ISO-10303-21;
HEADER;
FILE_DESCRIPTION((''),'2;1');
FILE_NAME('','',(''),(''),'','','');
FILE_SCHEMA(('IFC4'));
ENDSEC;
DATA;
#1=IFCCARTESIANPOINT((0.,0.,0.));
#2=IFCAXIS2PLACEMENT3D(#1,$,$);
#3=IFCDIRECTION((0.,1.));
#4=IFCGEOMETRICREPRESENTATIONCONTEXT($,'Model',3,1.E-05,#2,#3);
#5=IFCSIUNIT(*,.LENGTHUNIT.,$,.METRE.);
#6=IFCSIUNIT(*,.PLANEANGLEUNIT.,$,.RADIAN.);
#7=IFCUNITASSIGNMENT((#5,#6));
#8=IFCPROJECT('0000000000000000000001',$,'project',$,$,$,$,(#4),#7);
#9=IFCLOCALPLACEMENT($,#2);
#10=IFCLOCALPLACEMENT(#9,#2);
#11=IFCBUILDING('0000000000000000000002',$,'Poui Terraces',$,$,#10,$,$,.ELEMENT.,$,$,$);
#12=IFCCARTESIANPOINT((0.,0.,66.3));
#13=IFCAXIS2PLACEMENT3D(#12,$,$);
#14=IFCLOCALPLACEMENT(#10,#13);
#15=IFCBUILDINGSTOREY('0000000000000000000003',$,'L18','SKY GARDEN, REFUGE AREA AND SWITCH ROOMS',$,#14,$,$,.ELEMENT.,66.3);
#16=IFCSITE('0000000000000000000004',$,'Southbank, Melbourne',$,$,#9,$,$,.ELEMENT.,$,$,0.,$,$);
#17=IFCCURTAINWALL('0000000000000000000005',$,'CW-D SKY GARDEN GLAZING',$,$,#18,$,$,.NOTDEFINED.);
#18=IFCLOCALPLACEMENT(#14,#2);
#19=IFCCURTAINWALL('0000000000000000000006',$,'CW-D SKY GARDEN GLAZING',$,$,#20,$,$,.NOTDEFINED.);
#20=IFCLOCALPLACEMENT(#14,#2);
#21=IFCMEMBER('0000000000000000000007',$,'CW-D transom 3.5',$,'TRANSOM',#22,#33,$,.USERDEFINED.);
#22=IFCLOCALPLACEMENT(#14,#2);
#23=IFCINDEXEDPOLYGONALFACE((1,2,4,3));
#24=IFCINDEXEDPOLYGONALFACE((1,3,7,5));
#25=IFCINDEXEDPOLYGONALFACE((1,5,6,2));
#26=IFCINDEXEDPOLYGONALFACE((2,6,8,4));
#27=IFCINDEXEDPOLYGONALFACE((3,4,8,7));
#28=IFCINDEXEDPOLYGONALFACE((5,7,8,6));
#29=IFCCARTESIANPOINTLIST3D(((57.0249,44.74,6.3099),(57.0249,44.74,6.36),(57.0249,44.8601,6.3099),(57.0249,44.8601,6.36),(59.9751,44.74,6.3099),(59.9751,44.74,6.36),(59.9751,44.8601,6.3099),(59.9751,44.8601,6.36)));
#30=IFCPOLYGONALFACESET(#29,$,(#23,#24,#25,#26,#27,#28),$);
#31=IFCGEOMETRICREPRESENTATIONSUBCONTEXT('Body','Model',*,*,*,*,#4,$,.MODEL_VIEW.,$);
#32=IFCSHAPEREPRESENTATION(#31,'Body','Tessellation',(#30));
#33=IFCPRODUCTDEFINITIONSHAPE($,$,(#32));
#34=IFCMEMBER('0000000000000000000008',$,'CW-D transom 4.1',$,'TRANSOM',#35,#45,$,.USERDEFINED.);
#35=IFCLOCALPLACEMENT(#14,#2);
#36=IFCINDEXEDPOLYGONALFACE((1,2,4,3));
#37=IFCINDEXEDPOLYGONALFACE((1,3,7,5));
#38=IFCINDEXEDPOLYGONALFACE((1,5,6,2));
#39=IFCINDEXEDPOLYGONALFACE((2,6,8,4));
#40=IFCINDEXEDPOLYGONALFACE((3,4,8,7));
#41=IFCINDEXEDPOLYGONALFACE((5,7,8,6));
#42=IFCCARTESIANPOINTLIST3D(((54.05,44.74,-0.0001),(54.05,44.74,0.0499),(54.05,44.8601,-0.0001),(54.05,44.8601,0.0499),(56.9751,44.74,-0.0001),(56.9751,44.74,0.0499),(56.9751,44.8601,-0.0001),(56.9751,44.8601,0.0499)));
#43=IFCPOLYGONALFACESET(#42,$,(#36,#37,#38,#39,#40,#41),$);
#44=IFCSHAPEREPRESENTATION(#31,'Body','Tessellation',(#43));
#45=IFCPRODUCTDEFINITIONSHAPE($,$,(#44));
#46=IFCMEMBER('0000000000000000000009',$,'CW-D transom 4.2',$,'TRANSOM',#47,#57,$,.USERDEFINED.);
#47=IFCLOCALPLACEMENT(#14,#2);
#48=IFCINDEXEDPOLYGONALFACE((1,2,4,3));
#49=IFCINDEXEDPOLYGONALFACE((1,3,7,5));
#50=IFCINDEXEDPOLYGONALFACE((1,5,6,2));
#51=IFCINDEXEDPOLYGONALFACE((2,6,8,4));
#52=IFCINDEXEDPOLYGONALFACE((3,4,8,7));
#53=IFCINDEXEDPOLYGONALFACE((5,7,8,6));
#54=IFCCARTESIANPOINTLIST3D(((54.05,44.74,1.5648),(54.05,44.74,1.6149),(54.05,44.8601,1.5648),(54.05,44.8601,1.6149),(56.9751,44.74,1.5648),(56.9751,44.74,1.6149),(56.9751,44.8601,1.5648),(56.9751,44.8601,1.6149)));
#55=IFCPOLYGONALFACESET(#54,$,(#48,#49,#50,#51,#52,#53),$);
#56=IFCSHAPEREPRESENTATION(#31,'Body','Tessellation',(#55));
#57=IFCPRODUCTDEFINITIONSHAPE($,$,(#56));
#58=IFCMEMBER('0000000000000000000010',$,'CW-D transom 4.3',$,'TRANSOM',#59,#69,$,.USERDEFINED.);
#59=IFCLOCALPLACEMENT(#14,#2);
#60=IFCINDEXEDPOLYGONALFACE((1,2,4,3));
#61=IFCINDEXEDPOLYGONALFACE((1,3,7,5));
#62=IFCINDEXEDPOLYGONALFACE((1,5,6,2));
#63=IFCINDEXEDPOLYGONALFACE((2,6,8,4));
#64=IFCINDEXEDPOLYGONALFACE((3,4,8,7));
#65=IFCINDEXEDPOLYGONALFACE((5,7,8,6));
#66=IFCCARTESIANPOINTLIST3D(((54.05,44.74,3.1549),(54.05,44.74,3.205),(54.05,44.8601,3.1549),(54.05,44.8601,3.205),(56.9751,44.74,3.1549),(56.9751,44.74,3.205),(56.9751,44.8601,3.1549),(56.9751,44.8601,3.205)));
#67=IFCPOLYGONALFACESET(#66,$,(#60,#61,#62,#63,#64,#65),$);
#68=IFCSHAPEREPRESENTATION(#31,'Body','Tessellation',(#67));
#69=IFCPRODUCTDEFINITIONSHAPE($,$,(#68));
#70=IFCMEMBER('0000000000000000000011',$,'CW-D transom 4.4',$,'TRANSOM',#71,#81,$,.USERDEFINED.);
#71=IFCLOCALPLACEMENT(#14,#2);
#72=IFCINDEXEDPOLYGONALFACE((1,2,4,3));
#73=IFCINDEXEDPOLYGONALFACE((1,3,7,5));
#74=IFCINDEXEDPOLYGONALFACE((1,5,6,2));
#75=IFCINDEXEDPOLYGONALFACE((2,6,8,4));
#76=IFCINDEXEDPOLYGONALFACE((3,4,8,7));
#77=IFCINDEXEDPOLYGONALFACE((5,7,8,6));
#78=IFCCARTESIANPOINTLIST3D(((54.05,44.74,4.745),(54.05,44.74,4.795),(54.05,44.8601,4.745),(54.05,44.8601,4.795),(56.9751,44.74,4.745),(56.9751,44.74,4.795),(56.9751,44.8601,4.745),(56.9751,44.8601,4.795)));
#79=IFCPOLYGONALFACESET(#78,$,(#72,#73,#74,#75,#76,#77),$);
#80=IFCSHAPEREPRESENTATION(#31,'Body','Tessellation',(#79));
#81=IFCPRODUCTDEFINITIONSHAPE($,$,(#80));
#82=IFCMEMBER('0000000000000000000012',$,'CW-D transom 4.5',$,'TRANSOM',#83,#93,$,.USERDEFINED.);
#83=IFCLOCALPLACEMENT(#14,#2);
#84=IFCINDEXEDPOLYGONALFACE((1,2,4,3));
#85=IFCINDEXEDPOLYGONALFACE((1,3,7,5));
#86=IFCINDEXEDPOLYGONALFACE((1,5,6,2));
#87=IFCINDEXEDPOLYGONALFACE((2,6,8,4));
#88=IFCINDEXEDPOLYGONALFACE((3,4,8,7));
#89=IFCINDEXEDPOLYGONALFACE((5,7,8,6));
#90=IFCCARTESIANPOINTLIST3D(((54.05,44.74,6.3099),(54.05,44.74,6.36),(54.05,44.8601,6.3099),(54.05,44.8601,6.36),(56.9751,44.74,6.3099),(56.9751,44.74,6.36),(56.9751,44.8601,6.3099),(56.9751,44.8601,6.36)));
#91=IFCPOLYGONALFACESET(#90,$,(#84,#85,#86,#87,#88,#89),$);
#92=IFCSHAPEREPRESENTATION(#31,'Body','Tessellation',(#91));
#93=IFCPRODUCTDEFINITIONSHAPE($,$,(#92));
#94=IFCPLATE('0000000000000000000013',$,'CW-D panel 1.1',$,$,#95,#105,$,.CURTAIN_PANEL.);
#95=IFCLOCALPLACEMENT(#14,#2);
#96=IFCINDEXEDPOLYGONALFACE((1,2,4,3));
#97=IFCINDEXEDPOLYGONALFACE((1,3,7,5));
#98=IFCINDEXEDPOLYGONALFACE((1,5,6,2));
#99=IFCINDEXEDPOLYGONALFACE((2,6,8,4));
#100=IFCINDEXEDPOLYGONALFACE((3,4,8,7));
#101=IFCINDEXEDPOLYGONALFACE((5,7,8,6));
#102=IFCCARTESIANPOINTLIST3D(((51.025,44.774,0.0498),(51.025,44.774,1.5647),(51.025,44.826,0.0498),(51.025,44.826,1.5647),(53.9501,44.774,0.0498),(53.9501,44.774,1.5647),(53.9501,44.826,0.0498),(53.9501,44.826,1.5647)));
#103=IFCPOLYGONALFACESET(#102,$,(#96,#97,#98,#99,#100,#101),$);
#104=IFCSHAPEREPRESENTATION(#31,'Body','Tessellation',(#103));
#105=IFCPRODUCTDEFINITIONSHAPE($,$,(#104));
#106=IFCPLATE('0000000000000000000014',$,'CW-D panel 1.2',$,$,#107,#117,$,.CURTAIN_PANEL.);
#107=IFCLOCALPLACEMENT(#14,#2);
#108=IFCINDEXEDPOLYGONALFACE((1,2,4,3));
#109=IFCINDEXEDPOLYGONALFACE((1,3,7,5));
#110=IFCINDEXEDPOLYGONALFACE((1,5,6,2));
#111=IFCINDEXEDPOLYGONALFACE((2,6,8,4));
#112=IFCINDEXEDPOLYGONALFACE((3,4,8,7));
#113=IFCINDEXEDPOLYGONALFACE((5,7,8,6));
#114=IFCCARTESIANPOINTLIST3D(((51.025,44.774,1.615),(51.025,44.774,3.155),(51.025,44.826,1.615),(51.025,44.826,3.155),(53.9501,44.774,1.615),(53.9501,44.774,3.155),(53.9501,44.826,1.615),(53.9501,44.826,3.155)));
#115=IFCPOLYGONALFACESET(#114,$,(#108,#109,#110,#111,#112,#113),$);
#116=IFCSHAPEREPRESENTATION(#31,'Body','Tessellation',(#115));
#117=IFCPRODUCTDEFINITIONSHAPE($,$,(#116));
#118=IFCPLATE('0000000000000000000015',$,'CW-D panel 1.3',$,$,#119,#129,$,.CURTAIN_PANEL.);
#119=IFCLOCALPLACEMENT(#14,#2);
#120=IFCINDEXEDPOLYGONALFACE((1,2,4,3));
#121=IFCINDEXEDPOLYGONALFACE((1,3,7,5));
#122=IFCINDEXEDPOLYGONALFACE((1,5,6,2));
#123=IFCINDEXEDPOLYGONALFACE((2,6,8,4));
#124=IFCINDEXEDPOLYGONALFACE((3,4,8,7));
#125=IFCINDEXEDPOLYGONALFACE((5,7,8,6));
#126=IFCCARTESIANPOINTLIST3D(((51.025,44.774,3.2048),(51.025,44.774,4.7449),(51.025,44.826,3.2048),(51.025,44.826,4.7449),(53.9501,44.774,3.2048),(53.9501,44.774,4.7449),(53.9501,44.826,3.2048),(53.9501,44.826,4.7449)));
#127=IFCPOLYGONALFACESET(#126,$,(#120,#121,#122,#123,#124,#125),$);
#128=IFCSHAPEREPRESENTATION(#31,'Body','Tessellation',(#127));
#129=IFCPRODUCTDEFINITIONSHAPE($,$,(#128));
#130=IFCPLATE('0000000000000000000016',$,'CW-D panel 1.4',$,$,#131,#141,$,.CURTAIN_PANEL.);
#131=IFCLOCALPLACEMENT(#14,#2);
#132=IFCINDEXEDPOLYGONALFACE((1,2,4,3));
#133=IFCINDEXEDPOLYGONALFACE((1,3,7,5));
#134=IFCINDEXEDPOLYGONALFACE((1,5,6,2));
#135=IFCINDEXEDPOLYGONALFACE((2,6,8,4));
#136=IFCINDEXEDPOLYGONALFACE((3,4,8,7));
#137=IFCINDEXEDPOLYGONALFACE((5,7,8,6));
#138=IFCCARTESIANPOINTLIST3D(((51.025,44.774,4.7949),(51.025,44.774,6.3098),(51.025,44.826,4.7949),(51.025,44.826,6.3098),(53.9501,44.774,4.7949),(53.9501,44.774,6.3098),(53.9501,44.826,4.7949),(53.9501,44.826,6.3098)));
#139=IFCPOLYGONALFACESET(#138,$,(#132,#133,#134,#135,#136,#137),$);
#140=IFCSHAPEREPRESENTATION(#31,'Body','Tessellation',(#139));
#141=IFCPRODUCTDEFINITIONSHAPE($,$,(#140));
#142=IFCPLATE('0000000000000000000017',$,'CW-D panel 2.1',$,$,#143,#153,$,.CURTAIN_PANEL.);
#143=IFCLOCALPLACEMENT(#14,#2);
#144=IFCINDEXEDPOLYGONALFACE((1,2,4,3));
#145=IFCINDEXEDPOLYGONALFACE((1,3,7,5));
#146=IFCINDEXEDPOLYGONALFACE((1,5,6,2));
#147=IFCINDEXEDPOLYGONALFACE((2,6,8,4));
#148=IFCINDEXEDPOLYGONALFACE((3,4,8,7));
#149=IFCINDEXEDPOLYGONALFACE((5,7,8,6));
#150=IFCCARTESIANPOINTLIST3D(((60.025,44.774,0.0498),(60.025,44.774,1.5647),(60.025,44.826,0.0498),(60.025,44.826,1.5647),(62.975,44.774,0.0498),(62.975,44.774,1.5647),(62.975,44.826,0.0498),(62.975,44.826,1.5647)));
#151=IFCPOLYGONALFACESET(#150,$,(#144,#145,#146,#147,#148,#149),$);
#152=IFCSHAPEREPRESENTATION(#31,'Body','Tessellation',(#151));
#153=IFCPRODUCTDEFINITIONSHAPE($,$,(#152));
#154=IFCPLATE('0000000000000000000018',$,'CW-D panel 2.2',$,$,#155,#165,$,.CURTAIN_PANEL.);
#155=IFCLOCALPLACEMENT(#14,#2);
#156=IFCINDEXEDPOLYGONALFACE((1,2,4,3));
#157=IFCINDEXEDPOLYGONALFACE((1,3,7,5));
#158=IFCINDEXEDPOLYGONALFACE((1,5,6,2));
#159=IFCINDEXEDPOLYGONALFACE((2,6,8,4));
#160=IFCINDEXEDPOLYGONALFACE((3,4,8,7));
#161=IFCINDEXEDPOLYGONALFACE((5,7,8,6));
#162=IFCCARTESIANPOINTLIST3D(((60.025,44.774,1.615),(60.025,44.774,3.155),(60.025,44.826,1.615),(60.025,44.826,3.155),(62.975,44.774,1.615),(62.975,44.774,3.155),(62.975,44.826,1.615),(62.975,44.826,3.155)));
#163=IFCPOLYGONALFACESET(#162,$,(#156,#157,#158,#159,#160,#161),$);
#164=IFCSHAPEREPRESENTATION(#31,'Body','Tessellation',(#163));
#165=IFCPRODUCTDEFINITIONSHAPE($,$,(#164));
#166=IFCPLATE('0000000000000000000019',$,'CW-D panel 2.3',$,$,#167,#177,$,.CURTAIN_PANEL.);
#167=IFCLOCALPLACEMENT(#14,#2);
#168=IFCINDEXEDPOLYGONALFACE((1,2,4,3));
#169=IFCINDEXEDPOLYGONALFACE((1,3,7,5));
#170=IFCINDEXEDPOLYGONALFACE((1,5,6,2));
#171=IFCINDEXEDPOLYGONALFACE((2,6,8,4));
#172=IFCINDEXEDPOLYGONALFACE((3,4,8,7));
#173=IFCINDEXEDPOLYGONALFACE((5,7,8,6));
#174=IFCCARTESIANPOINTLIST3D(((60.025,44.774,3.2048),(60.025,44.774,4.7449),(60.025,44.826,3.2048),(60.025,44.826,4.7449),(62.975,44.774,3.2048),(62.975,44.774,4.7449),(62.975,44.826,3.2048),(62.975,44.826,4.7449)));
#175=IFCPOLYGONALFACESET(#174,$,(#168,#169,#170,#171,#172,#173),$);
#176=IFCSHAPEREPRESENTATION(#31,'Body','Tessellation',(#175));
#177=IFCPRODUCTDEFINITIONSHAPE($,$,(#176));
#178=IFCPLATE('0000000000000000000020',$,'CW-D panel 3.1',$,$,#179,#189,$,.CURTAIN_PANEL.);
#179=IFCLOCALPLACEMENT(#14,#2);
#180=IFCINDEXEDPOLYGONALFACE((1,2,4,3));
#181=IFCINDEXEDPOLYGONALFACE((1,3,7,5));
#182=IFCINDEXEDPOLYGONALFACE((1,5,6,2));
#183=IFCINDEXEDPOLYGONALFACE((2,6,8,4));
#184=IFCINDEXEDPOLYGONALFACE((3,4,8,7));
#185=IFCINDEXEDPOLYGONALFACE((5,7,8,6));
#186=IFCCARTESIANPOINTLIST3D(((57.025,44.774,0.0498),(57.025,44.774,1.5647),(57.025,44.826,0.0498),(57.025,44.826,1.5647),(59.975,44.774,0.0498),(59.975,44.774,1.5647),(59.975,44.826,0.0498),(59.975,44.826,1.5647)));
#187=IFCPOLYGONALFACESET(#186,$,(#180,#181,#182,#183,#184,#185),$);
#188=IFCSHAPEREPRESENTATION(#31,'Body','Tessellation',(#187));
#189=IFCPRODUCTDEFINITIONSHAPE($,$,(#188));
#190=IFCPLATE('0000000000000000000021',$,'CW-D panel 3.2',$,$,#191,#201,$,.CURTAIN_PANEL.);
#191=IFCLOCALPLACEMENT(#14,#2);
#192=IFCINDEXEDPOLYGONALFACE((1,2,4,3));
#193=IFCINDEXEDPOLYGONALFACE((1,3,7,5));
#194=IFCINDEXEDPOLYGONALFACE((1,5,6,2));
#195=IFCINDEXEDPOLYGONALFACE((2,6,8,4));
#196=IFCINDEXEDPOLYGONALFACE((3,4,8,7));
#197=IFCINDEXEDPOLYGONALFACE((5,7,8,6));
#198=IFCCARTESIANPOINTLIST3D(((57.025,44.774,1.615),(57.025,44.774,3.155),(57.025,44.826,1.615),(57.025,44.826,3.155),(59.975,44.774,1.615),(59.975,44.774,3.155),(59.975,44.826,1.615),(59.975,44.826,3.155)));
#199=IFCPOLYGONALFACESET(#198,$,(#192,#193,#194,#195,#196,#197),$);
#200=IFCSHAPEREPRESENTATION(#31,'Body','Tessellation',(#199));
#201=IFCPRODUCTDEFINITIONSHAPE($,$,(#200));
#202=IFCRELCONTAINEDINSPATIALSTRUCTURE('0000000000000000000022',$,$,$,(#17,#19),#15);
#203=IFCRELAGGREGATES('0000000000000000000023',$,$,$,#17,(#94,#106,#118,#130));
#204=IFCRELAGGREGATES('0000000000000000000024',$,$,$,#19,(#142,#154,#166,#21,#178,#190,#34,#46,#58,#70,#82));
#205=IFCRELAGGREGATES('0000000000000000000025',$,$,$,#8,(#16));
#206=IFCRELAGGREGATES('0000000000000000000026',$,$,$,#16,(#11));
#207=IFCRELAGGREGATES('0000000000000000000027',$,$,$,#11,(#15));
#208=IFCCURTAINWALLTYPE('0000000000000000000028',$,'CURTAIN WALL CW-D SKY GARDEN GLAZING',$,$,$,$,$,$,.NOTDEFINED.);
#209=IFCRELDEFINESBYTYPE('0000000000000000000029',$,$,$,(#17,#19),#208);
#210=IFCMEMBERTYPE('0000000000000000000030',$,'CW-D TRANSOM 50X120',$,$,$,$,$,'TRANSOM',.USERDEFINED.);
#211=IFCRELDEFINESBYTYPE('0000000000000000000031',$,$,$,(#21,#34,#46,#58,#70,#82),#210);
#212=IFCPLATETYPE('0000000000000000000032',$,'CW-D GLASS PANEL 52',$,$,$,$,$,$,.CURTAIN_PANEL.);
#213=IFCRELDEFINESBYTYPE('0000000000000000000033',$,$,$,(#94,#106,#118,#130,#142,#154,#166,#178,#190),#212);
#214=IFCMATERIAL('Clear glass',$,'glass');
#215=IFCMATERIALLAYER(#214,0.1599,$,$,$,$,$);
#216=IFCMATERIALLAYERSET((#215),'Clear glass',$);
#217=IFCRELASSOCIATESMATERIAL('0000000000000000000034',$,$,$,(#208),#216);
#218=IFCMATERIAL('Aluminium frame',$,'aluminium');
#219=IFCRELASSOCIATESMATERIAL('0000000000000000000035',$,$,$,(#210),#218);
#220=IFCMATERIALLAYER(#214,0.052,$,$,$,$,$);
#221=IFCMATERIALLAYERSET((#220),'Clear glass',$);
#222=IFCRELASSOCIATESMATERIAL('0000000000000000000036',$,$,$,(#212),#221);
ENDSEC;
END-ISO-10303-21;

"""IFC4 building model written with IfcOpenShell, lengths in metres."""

from ifc_helpers import new_model, si_unit, direction, frame, origin, origin_2d, place, context, subcontext, project, spatial, rectangle, extrude, material, layer, layer_set, material_profile, profile_set, type_object, element, aggregate, save


model = new_model("IFC4")

# Units and contexts
model_context = context("Model", 3, precision=1e-05, world=origin(), true_north=direction((0.0, 1.0)))
body_context = subcontext(model_context, "Body", "Model", "MODEL_VIEW")
ifc_project = project(units=[si_unit("LENGTHUNIT", "METRE"), si_unit("PLANEANGLEUNIT", "RADIAN")], contexts=[model_context])

# Site, building, storey
site_placement = place(None, origin())
site = spatial("IfcSite", under=ifc_project, at=site_placement, Name="Southbank, Melbourne", CompositionType="ELEMENT", RefElevation=0.0)
building_placement = place(site_placement, origin())
building = spatial("IfcBuilding", under=site, at=building_placement, Name="Poui Terraces", CompositionType="ELEMENT")
storey_placement = place(building_placement, frame((0.0, 0.0, 66.3)))
storey = spatial("IfcBuildingStorey", under=building, at=storey_placement, Name="L18", Description="SKY GARDEN, REFUGE AREA AND SWITCH ROOMS", CompositionType="ELEMENT", Elevation=66.3)

# Curtain walls
ifc_material_1 = material(Name="Clear glass", Category="glass")
ifc_layer_1 = layer(ifc_material_1, 0.1599)
ifc_layer_set_1 = layer_set([ifc_layer_1], Name="Clear glass")
curtain_wall_type = type_object("IfcCurtainWallType", Name="CURTAIN WALL CW-D SKY GARDEN GLAZING", PredefinedType="NOTDEFINED", material=ifc_layer_set_1)
curtain_wall_1_placement = place(storey_placement, origin())
curtain_wall_1 = element("IfcCurtainWall", 1, at=curtain_wall_1_placement, inside=storey, type_object=curtain_wall_type, Name="CW-D SKY GARDEN GLAZING", PredefinedType="NOTDEFINED")
ifc_material_2 = material(Name="Aluminium frame", Category="aluminium")
curtain_wall_2_placement = place(storey_placement, origin())
curtain_wall_2 = element("IfcCurtainWall", 2, at=curtain_wall_2_placement, inside=storey, type_object=curtain_wall_type, Name="CW-D SKY GARDEN GLAZING", PredefinedType="NOTDEFINED")

# Members
ifc_material_profile_1 = material_profile(ifc_material_2, rectangle(XDim=0.1201, YDim=0.05, at=origin_2d()), Name="CW-D TRANSOM 50X120")
ifc_profile_set_1 = profile_set([ifc_material_profile_1], Name="Aluminium frame")
member_type_1 = type_object("IfcMemberType", Name="CW-D TRANSOM 50X120", ElementType="TRANSOM", PredefinedType="USERDEFINED", material=ifc_profile_set_1)
member_1_placement = place(storey_placement, frame((59.9751, 44.8, 6.335), z_axis=(-1.0, 0.0, 0.0), x_axis=(0.0, -1.0, 0.0)))
member_1 = element("IfcMember", 3, at=member_1_placement, type_object=member_type_1, Name="CW-D transom 3.5", ObjectType="TRANSOM", PredefinedType="USERDEFINED", context=body_context, shape_type="SweptSolid", body=[
    extrude(rectangle(XDim=0.1201, YDim=0.05, at=origin_2d()), origin(), (0.0, 0.0, 1.0), 2.9502),
])
member_2_placement = place(storey_placement, frame((56.9751, 44.8, 0.0249), z_axis=(-1.0, 0.0, 0.0), x_axis=(0.0, -1.0, 0.0)))
member_2 = element("IfcMember", 4, at=member_2_placement, type_object=member_type_1, Name="CW-D transom 4.1", ObjectType="TRANSOM", PredefinedType="USERDEFINED", context=body_context, shape_type="SweptSolid", body=[
    extrude(rectangle(XDim=0.1201, YDim=0.05, at=origin_2d()), origin(), (0.0, 0.0, 1.0), 2.925),
])
member_3_placement = place(storey_placement, frame((56.9751, 44.8, 1.5898), z_axis=(-1.0, 0.0, 0.0), x_axis=(0.0, -1.0, 0.0)))
member_3 = element("IfcMember", 5, at=member_3_placement, type_object=member_type_1, Name="CW-D transom 4.2", ObjectType="TRANSOM", PredefinedType="USERDEFINED", context=body_context, shape_type="SweptSolid", body=[
    extrude(rectangle(XDim=0.1201, YDim=0.05, at=origin_2d()), origin(), (0.0, 0.0, 1.0), 2.925),
])
member_4_placement = place(storey_placement, frame((56.9751, 44.8, 3.1799), z_axis=(-1.0, 0.0, 0.0), x_axis=(0.0, -1.0, 0.0)))
member_4 = element("IfcMember", 6, at=member_4_placement, type_object=member_type_1, Name="CW-D transom 4.3", ObjectType="TRANSOM", PredefinedType="USERDEFINED", context=body_context, shape_type="SweptSolid", body=[
    extrude(rectangle(XDim=0.1201, YDim=0.05, at=origin_2d()), origin(), (0.0, 0.0, 1.0), 2.925),
])
member_5_placement = place(storey_placement, frame((56.9751, 44.8, 4.77), z_axis=(-1.0, 0.0, 0.0), x_axis=(0.0, -1.0, 0.0)))
member_5 = element("IfcMember", 7, at=member_5_placement, type_object=member_type_1, Name="CW-D transom 4.4", ObjectType="TRANSOM", PredefinedType="USERDEFINED", context=body_context, shape_type="SweptSolid", body=[
    extrude(rectangle(XDim=0.1201, YDim=0.05, at=origin_2d()), origin(), (0.0, 0.0, 1.0), 2.925),
])
member_6_placement = place(storey_placement, frame((56.9751, 44.8, 6.335), z_axis=(-1.0, 0.0, 0.0), x_axis=(0.0, -1.0, 0.0)))
member_6 = element("IfcMember", 8, at=member_6_placement, type_object=member_type_1, Name="CW-D transom 4.5", ObjectType="TRANSOM", PredefinedType="USERDEFINED", context=body_context, shape_type="SweptSolid", body=[
    extrude(rectangle(XDim=0.1201, YDim=0.05, at=origin_2d()), origin(), (0.0, 0.0, 1.0), 2.925),
])

# Plates
ifc_layer_2 = layer(ifc_material_1, 0.052)
ifc_layer_set_2 = layer_set([ifc_layer_2], Name="Clear glass")
plate_type = type_object("IfcPlateType", Name="CW-D GLASS PANEL 52", PredefinedType="CURTAIN_PANEL", material=ifc_layer_set_2)
plate_1_placement = place(storey_placement, frame((52.4875, 44.8, 0.0498), z_axis=(0.0, 0.0, 1.0), x_axis=(-1.0, 0.0, 0.0)))
plate_1 = element("IfcPlate", 9, at=plate_1_placement, type_object=plate_type, Name="CW-D panel 1.1", PredefinedType="CURTAIN_PANEL", context=body_context, shape_type="SweptSolid", body=[
    extrude(rectangle(XDim=2.925, YDim=0.052, at=origin_2d()), origin(), (0.0, 0.0, 1.0), 1.5149),
])
plate_2_placement = place(storey_placement, frame((52.4875, 44.8, 1.615), z_axis=(0.0, 0.0, 1.0), x_axis=(-1.0, 0.0, 0.0)))
plate_2 = element("IfcPlate", 10, at=plate_2_placement, type_object=plate_type, Name="CW-D panel 1.2", PredefinedType="CURTAIN_PANEL", context=body_context, shape_type="SweptSolid", body=[
    extrude(rectangle(XDim=2.925, YDim=0.052, at=origin_2d()), origin(), (0.0, 0.0, 1.0), 1.54),
])
plate_3_placement = place(storey_placement, frame((52.4875, 44.8, 3.2048), z_axis=(0.0, 0.0, 1.0), x_axis=(-1.0, 0.0, 0.0)))
plate_3 = element("IfcPlate", 11, at=plate_3_placement, type_object=plate_type, Name="CW-D panel 1.3", PredefinedType="CURTAIN_PANEL", context=body_context, shape_type="SweptSolid", body=[
    extrude(rectangle(XDim=2.925, YDim=0.052, at=origin_2d()), origin(), (0.0, 0.0, 1.0), 1.54),
])
plate_4_placement = place(storey_placement, frame((52.4875, 44.8, 4.7949), z_axis=(0.0, 0.0, 1.0), x_axis=(-1.0, 0.0, 0.0)))
plate_4 = element("IfcPlate", 12, at=plate_4_placement, type_object=plate_type, Name="CW-D panel 1.4", PredefinedType="CURTAIN_PANEL", context=body_context, shape_type="SweptSolid", body=[
    extrude(rectangle(XDim=2.925, YDim=0.052, at=origin_2d()), origin(), (0.0, 0.0, 1.0), 1.5149),
])
aggregate(curtain_wall_1, [plate_1, plate_2, plate_3, plate_4])
plate_5_placement = place(storey_placement, frame((61.5, 44.8, 0.0498), z_axis=(0.0, 0.0, 1.0), x_axis=(-1.0, 0.0, 0.0)))
plate_5 = element("IfcPlate", 13, at=plate_5_placement, type_object=plate_type, Name="CW-D panel 2.1", PredefinedType="CURTAIN_PANEL", context=body_context, shape_type="SweptSolid", body=[
    extrude(rectangle(XDim=2.95, YDim=0.052, at=origin_2d()), origin(), (0.0, 0.0, 1.0), 1.5149),
])
plate_6_placement = place(storey_placement, frame((61.5, 44.8, 1.615), z_axis=(0.0, 0.0, 1.0), x_axis=(-1.0, 0.0, 0.0)))
plate_6 = element("IfcPlate", 14, at=plate_6_placement, type_object=plate_type, Name="CW-D panel 2.2", PredefinedType="CURTAIN_PANEL", context=body_context, shape_type="SweptSolid", body=[
    extrude(rectangle(XDim=2.95, YDim=0.052, at=origin_2d()), origin(), (0.0, 0.0, 1.0), 1.54),
])
plate_7_placement = place(storey_placement, frame((61.5, 44.8, 3.2048), z_axis=(0.0, 0.0, 1.0), x_axis=(-1.0, 0.0, 0.0)))
plate_7 = element("IfcPlate", 15, at=plate_7_placement, type_object=plate_type, Name="CW-D panel 2.3", PredefinedType="CURTAIN_PANEL", context=body_context, shape_type="SweptSolid", body=[
    extrude(rectangle(XDim=2.95, YDim=0.052, at=origin_2d()), origin(), (0.0, 0.0, 1.0), 1.54),
])
plate_8_placement = place(storey_placement, frame((58.5, 44.8, 0.0498), z_axis=(0.0, 0.0, 1.0), x_axis=(-1.0, 0.0, 0.0)))
plate_8 = element("IfcPlate", 16, at=plate_8_placement, type_object=plate_type, Name="CW-D panel 3.1", PredefinedType="CURTAIN_PANEL", context=body_context, shape_type="SweptSolid", body=[
    extrude(rectangle(XDim=2.95, YDim=0.052, at=origin_2d()), origin(), (0.0, 0.0, 1.0), 1.5149),
])
plate_9_placement = place(storey_placement, frame((58.5, 44.8, 1.615), z_axis=(0.0, 0.0, 1.0), x_axis=(-1.0, 0.0, 0.0)))
plate_9 = element("IfcPlate", 17, at=plate_9_placement, type_object=plate_type, Name="CW-D panel 3.2", PredefinedType="CURTAIN_PANEL", context=body_context, shape_type="SweptSolid", body=[
    extrude(rectangle(XDim=2.95, YDim=0.052, at=origin_2d()), origin(), (0.0, 0.0, 1.0), 1.54),
])
aggregate(curtain_wall_2, [plate_5, plate_6, plate_7, member_1, plate_8, plate_9, member_2, member_3, member_4, member_5, member_6])

save(model, "model.ifc")
